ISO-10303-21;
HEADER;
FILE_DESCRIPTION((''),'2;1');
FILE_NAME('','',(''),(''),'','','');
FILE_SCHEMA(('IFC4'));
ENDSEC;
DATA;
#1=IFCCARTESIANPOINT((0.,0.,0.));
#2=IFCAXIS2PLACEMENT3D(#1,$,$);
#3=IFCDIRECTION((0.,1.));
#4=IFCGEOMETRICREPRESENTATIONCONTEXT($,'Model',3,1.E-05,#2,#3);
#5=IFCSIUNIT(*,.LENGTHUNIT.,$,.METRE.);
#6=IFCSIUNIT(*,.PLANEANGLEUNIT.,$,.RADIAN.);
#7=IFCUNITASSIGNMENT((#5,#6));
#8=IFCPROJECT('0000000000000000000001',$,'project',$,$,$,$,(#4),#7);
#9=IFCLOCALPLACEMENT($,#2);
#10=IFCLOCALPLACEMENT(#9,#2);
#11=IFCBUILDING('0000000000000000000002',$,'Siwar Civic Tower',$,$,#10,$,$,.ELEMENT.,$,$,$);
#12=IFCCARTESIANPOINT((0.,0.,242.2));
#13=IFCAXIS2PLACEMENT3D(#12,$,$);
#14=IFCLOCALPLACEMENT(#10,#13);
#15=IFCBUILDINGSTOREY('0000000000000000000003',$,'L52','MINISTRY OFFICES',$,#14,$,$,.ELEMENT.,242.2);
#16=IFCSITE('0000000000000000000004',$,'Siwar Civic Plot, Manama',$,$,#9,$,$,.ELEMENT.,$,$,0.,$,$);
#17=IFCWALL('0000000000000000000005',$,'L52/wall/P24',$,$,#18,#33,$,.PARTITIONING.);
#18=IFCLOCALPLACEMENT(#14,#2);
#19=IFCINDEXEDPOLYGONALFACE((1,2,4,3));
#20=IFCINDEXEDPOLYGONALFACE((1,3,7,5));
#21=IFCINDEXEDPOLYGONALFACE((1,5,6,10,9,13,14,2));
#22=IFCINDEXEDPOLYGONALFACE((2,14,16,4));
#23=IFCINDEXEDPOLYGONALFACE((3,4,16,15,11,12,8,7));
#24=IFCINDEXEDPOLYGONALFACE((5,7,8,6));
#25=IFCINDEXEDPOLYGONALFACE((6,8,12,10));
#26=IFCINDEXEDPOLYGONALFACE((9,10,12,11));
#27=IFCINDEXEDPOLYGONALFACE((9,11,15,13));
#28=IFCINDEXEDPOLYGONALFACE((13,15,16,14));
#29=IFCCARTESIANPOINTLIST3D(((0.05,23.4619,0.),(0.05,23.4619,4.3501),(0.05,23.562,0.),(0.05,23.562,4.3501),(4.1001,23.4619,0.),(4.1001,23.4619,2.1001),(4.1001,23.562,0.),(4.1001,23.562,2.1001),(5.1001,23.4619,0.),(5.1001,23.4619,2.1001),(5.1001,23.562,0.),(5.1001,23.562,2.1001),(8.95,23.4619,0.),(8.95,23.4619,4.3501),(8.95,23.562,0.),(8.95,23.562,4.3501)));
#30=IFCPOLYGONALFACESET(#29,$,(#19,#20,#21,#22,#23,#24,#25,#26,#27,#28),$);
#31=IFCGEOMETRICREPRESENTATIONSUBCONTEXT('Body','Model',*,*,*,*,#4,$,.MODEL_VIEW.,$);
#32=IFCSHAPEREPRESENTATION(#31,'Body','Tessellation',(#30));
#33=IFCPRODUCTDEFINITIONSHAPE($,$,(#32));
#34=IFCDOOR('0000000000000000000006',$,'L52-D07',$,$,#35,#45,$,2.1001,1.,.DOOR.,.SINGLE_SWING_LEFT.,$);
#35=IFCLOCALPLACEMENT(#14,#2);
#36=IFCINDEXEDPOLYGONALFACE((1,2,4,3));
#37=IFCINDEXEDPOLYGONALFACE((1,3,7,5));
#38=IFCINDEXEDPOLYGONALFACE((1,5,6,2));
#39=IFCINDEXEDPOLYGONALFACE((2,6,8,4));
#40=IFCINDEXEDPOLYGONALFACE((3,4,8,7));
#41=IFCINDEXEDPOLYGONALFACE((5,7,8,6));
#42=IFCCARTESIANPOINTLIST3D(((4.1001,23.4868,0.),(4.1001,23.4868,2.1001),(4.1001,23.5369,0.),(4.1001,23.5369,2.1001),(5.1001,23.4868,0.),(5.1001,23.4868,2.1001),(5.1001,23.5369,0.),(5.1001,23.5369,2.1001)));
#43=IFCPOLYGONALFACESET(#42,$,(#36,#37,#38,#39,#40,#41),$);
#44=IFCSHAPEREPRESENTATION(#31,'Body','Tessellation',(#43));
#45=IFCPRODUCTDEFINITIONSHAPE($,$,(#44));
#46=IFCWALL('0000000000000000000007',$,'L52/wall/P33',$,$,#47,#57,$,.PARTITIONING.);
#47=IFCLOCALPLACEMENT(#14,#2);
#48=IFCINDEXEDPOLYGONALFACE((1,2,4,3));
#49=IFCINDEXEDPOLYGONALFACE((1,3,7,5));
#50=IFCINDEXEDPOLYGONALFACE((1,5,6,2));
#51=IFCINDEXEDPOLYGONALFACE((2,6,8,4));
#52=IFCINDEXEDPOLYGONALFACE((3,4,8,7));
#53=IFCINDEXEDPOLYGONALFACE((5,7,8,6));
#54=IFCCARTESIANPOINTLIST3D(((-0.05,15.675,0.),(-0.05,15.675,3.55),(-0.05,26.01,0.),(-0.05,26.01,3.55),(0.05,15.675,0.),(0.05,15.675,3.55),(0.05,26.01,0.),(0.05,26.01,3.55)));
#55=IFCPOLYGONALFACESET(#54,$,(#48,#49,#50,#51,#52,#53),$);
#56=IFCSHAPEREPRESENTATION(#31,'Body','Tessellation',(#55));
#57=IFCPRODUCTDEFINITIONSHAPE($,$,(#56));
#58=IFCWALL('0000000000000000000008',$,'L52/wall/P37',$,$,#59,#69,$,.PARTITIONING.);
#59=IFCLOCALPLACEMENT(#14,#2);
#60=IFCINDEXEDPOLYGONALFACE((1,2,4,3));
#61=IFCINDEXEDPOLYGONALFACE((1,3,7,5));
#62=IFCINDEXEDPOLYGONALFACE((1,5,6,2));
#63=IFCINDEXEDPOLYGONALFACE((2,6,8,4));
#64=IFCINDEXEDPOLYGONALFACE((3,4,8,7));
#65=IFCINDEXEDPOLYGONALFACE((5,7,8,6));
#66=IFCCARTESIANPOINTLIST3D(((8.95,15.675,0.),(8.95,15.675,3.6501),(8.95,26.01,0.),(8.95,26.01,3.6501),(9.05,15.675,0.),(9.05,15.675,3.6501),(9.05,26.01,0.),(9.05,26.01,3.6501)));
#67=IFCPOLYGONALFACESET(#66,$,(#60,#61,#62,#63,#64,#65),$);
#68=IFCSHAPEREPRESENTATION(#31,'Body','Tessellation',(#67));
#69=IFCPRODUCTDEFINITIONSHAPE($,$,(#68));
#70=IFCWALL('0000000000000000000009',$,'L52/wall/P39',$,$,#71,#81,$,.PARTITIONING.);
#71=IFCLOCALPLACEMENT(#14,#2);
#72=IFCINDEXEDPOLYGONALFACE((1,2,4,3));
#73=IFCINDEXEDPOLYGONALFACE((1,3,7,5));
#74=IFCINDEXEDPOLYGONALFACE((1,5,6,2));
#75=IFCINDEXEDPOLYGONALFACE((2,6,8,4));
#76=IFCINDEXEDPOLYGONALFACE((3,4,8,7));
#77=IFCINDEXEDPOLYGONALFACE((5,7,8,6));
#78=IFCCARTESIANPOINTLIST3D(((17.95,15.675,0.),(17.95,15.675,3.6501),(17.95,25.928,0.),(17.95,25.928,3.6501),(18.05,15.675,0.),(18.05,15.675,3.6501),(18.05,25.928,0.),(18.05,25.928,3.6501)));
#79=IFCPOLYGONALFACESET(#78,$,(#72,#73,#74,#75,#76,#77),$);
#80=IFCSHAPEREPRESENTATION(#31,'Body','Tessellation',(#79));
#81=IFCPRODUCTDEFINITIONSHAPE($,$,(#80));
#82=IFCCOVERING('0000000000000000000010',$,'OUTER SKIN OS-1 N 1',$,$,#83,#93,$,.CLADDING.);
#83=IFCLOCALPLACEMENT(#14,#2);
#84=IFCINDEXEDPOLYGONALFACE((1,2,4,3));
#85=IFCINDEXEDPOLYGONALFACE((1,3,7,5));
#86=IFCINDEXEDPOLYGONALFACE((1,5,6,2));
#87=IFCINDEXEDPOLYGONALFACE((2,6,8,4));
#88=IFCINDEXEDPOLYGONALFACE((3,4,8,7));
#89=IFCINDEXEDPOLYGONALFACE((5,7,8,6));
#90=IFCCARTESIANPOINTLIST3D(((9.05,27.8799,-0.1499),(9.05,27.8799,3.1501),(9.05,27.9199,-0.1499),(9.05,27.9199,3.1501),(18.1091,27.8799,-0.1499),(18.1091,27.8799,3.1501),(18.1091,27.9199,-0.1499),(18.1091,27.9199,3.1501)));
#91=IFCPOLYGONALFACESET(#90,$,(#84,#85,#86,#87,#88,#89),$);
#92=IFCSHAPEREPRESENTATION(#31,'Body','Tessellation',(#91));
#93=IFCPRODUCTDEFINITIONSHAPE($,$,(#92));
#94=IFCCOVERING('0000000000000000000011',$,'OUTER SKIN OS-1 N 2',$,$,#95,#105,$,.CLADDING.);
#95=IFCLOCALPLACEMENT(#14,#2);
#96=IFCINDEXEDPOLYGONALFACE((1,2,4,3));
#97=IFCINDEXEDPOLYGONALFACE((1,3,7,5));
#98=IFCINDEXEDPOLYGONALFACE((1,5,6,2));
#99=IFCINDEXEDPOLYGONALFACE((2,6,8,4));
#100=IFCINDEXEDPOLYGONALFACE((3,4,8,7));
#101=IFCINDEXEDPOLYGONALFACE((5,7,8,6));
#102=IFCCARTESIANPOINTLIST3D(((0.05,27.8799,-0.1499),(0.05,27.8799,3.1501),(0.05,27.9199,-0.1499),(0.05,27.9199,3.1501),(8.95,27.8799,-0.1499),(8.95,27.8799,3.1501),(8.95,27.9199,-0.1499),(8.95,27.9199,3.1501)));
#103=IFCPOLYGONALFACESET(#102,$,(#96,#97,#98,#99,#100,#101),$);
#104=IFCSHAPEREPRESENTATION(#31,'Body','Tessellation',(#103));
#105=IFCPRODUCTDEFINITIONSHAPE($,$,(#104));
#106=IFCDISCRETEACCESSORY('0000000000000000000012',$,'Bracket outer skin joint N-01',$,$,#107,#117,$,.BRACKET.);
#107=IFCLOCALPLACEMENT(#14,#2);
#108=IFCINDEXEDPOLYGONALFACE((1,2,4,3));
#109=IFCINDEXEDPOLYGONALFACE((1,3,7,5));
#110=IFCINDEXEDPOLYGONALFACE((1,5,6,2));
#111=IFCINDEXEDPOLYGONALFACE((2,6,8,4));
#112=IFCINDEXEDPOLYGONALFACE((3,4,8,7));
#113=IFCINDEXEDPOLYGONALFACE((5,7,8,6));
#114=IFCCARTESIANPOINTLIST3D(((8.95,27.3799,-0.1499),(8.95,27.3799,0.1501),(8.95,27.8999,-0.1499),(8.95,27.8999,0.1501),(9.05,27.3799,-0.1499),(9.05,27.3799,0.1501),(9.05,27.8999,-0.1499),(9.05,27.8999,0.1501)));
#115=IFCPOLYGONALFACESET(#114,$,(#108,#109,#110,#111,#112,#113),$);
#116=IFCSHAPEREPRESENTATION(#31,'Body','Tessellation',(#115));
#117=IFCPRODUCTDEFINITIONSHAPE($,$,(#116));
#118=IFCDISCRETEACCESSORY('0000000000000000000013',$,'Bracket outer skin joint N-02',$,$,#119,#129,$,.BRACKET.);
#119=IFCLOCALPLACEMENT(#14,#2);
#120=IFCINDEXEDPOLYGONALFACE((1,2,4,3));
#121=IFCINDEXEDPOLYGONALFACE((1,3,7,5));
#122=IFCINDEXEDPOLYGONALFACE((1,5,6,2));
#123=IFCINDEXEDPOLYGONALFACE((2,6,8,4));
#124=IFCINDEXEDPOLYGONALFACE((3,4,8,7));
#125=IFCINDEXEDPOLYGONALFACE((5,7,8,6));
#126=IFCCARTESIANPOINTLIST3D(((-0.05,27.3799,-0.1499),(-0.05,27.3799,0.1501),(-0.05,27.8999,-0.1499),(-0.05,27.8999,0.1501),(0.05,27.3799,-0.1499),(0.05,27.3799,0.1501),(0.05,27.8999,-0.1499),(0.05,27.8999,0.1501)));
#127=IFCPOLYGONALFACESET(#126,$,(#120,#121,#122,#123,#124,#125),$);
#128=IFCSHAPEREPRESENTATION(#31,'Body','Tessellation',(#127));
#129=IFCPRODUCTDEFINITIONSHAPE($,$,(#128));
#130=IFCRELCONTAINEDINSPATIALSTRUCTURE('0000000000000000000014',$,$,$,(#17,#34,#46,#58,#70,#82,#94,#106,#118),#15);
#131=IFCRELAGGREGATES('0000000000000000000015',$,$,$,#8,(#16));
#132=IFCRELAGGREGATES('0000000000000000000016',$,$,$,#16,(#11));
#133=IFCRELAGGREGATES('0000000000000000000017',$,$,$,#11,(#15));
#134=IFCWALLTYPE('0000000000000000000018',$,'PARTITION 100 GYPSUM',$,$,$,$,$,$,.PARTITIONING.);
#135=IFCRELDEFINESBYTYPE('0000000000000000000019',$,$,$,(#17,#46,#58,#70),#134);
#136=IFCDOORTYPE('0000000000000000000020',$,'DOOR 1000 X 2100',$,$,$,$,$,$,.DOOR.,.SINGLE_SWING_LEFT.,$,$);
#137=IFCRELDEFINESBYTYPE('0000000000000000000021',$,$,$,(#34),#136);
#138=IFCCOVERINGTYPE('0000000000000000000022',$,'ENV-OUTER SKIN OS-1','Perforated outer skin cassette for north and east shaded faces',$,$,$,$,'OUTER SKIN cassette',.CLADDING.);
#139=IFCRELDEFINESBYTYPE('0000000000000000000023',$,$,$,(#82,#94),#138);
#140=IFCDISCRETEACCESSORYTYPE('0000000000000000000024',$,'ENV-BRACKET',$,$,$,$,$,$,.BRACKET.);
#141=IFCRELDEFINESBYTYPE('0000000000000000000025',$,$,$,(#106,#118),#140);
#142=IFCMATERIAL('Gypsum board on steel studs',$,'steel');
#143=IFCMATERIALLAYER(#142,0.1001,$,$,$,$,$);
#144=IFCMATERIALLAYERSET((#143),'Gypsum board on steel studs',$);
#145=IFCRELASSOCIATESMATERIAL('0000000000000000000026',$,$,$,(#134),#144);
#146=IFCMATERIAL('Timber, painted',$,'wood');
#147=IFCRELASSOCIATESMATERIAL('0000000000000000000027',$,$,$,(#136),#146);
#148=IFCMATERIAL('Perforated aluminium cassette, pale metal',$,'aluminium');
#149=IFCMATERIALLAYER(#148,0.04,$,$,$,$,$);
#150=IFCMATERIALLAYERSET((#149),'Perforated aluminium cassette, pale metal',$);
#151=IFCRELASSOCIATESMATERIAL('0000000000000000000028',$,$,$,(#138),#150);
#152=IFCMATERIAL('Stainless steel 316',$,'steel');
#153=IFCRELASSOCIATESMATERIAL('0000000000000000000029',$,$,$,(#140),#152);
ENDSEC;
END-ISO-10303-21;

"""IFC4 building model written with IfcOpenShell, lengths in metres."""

from ifc_helpers import new_model, si_unit, direction, frame, frame_2d, origin, origin_2d, place, context, subcontext, project, spatial, rectangle, extrude, material, layer, layer_set, type_object, element, fill, save


model = new_model("IFC4")

# Units and contexts
model_context = context("Model", 3, precision=1e-05, world=origin(), true_north=direction((0.0, 1.0)))
body_context = subcontext(model_context, "Body", "Model", "MODEL_VIEW")
ifc_project = project(units=[si_unit("LENGTHUNIT", "METRE"), si_unit("PLANEANGLEUNIT", "RADIAN")], contexts=[model_context])

# Site, building, storey
site_placement = place(None, origin())
site = spatial("IfcSite", under=ifc_project, at=site_placement, Name="Siwar Civic Plot, Manama", CompositionType="ELEMENT", RefElevation=0.0)
building_placement = place(site_placement, origin())
building = spatial("IfcBuilding", under=site, at=building_placement, Name="Siwar Civic Tower", CompositionType="ELEMENT")
storey_placement = place(building_placement, frame((0.0, 0.0, 242.2)))
storey = spatial("IfcBuildingStorey", under=building, at=storey_placement, Name="L52", Description="MINISTRY OFFICES", CompositionType="ELEMENT", Elevation=242.2)

# Wall, opening, door
ifc_material_1 = material(Name="Gypsum board on steel studs", Category="steel")
ifc_layer_1 = layer(ifc_material_1, 0.1001)
ifc_layer_set_1 = layer_set([ifc_layer_1], Name="Gypsum board on steel studs")
wall_type = type_object("IfcWallType", Name="PARTITION 100 GYPSUM", PredefinedType="PARTITIONING", material=ifc_layer_set_1)
ifc_material_2 = material(Name="Timber, painted", Category="wood")
door_type = type_object("IfcDoorType", Name="DOOR 1000 X 2100", OperationType="SINGLE_SWING_LEFT", PredefinedType="DOOR", material=ifc_material_2)
wall_1_placement = place(storey_placement, frame((0.05, 23.512, 0.0), z_axis=(0.0, 0.0, 1.0), x_axis=(1.0, 0.0, 0.0)))
wall_1 = element("IfcWall", 1, at=wall_1_placement, inside=storey, type_object=wall_type, Name="L52/wall/P24", PredefinedType="PARTITIONING", context=body_context, shape_type="SweptSolid", body=[
    extrude(rectangle(XDim=8.8999, YDim=0.1001, at=frame_2d((4.45, 0.0))), origin(), (0.0, 0.0, 1.0), 4.3501),
])
opening_1_placement = place(wall_1_placement, frame((4.05, 0.0, 0.0)))
opening_1 = element("IfcOpeningElement", 2, at=opening_1_placement, cuts=wall_1, PredefinedType="OPENING", context=body_context, shape_type="SweptSolid", body=[
    extrude(rectangle(XDim=1.0, YDim=2.1001, at=frame_2d((0.5, 1.05))), frame((0.0, 0.0601, 0.0), z_axis=(0.0, -1.0, 0.0), x_axis=(1.0, 0.0, 0.0)), (0.0, 0.0, 1.0), 0.1201),
])
door_1_placement = place(opening_1_placement, origin())
door_1 = element("IfcDoor", 3, at=door_1_placement, inside=storey, type_object=door_type, Name="L52-D07", OperationType="SINGLE_SWING_LEFT", OverallHeight=2.1001, OverallWidth=1.0, PredefinedType="DOOR", context=body_context, shape_type="SweptSolid", body=[
    extrude(rectangle(XDim=1.0, YDim=2.1001, at=frame_2d((0.5, 1.05))), frame((0.0, 0.0249, 0.0), z_axis=(0.0, -1.0, 0.0), x_axis=(1.0, 0.0, 0.0)), (0.0, 0.0, 1.0), 0.05),
])
fill(opening_1, door_1)

# Walls
wall_2_placement = place(storey_placement, frame((0.0, 15.675, 0.0), z_axis=(0.0, 0.0, 1.0), x_axis=(0.0, 1.0, 0.0)))
element("IfcWall", 4, at=wall_2_placement, inside=storey, type_object=wall_type, Name="L52/wall/P33", PredefinedType="PARTITIONING", context=body_context, shape_type="SweptSolid", body=[
    extrude(rectangle(XDim=10.335, YDim=0.1001, at=frame_2d((5.1675, 0.0))), origin(), (0.0, 0.0, 1.0), 3.55),
])
wall_3_placement = place(storey_placement, frame((9.0, 15.675, 0.0), z_axis=(0.0, 0.0, 1.0), x_axis=(0.0, 1.0, 0.0)))
element("IfcWall", 5, at=wall_3_placement, inside=storey, type_object=wall_type, Name="L52/wall/P37", PredefinedType="PARTITIONING", context=body_context, shape_type="SweptSolid", body=[
    extrude(rectangle(XDim=10.335, YDim=0.1001, at=frame_2d((5.1675, 0.0))), origin(), (0.0, 0.0, 1.0), 3.6501),
])
wall_4_placement = place(storey_placement, frame((18.0, 15.675, 0.0), z_axis=(0.0, 0.0, 1.0), x_axis=(0.0, 1.0, 0.0)))
element("IfcWall", 6, at=wall_4_placement, inside=storey, type_object=wall_type, Name="L52/wall/P39", PredefinedType="PARTITIONING", context=body_context, shape_type="SweptSolid", body=[
    extrude(rectangle(XDim=10.2529, YDim=0.1001, at=frame_2d((5.1265, 0.0))), origin(), (0.0, 0.0, 1.0), 3.6501),
])

# Coverings
ifc_material_3 = material(Name="Perforated aluminium cassette, pale metal", Category="aluminium")
ifc_layer_2 = layer(ifc_material_3, 0.04)
ifc_layer_set_2 = layer_set([ifc_layer_2], Name="Perforated aluminium cassette, pale metal")
covering_type = type_object("IfcCoveringType", Name="ENV-OUTER SKIN OS-1", Description="Perforated outer skin cassette for north and east shaded faces", ElementType="OUTER SKIN cassette", PredefinedType="CLADDING", material=ifc_layer_set_2)
covering_1_placement = place(storey_placement, frame((13.5796, 27.8999, -0.1499), z_axis=(0.0, 0.0, 1.0), x_axis=(-1.0, 0.0, 0.0)))
element("IfcCovering", 7, at=covering_1_placement, inside=storey, type_object=covering_type, Name="OUTER SKIN OS-1 N 1", PredefinedType="CLADDING", context=body_context, shape_type="SweptSolid", body=[
    extrude(rectangle(XDim=9.0591, YDim=0.04, at=origin_2d()), origin(), (0.0, 0.0, 1.0), 3.3),
])
covering_2_placement = place(storey_placement, frame((4.5, 27.8999, -0.1499), z_axis=(0.0, 0.0, 1.0), x_axis=(-1.0, 0.0, 0.0)))
element("IfcCovering", 8, at=covering_2_placement, inside=storey, type_object=covering_type, Name="OUTER SKIN OS-1 N 2", PredefinedType="CLADDING", context=body_context, shape_type="SweptSolid", body=[
    extrude(rectangle(XDim=8.8999, YDim=0.04, at=origin_2d()), origin(), (0.0, 0.0, 1.0), 3.3),
])

# Discrete accessories
ifc_material_4 = material(Name="Stainless steel 316", Category="steel")
discrete_accessory_type = type_object("IfcDiscreteAccessoryType", Name="ENV-BRACKET", PredefinedType="BRACKET", material=ifc_material_4)
for number, where, z_axis, x_axis, name in (
    (9, (9.0, 27.6399, -0.1499), (0.0, 0.0, 1.0), (0.0, 1.0, 0.0), "Bracket outer skin joint N-01"),
    (10, (0.0, 27.6399, -0.1499), (0.0, 0.0, 1.0), (0.0, 1.0, 0.0), "Bracket outer skin joint N-02"),
):
    element("IfcDiscreteAccessory", number, at=place(storey_placement, frame(where, z_axis=z_axis, x_axis=x_axis)), inside=storey, type_object=discrete_accessory_type, Name=name, PredefinedType="BRACKET", context=body_context, shape_type="SweptSolid", body=[
        extrude(rectangle(XDim=0.52, YDim=0.1001, at=origin_2d()), origin(), (0.0, 0.0, 1.0), 0.3),
    ])

save(model, "model.ifc")
